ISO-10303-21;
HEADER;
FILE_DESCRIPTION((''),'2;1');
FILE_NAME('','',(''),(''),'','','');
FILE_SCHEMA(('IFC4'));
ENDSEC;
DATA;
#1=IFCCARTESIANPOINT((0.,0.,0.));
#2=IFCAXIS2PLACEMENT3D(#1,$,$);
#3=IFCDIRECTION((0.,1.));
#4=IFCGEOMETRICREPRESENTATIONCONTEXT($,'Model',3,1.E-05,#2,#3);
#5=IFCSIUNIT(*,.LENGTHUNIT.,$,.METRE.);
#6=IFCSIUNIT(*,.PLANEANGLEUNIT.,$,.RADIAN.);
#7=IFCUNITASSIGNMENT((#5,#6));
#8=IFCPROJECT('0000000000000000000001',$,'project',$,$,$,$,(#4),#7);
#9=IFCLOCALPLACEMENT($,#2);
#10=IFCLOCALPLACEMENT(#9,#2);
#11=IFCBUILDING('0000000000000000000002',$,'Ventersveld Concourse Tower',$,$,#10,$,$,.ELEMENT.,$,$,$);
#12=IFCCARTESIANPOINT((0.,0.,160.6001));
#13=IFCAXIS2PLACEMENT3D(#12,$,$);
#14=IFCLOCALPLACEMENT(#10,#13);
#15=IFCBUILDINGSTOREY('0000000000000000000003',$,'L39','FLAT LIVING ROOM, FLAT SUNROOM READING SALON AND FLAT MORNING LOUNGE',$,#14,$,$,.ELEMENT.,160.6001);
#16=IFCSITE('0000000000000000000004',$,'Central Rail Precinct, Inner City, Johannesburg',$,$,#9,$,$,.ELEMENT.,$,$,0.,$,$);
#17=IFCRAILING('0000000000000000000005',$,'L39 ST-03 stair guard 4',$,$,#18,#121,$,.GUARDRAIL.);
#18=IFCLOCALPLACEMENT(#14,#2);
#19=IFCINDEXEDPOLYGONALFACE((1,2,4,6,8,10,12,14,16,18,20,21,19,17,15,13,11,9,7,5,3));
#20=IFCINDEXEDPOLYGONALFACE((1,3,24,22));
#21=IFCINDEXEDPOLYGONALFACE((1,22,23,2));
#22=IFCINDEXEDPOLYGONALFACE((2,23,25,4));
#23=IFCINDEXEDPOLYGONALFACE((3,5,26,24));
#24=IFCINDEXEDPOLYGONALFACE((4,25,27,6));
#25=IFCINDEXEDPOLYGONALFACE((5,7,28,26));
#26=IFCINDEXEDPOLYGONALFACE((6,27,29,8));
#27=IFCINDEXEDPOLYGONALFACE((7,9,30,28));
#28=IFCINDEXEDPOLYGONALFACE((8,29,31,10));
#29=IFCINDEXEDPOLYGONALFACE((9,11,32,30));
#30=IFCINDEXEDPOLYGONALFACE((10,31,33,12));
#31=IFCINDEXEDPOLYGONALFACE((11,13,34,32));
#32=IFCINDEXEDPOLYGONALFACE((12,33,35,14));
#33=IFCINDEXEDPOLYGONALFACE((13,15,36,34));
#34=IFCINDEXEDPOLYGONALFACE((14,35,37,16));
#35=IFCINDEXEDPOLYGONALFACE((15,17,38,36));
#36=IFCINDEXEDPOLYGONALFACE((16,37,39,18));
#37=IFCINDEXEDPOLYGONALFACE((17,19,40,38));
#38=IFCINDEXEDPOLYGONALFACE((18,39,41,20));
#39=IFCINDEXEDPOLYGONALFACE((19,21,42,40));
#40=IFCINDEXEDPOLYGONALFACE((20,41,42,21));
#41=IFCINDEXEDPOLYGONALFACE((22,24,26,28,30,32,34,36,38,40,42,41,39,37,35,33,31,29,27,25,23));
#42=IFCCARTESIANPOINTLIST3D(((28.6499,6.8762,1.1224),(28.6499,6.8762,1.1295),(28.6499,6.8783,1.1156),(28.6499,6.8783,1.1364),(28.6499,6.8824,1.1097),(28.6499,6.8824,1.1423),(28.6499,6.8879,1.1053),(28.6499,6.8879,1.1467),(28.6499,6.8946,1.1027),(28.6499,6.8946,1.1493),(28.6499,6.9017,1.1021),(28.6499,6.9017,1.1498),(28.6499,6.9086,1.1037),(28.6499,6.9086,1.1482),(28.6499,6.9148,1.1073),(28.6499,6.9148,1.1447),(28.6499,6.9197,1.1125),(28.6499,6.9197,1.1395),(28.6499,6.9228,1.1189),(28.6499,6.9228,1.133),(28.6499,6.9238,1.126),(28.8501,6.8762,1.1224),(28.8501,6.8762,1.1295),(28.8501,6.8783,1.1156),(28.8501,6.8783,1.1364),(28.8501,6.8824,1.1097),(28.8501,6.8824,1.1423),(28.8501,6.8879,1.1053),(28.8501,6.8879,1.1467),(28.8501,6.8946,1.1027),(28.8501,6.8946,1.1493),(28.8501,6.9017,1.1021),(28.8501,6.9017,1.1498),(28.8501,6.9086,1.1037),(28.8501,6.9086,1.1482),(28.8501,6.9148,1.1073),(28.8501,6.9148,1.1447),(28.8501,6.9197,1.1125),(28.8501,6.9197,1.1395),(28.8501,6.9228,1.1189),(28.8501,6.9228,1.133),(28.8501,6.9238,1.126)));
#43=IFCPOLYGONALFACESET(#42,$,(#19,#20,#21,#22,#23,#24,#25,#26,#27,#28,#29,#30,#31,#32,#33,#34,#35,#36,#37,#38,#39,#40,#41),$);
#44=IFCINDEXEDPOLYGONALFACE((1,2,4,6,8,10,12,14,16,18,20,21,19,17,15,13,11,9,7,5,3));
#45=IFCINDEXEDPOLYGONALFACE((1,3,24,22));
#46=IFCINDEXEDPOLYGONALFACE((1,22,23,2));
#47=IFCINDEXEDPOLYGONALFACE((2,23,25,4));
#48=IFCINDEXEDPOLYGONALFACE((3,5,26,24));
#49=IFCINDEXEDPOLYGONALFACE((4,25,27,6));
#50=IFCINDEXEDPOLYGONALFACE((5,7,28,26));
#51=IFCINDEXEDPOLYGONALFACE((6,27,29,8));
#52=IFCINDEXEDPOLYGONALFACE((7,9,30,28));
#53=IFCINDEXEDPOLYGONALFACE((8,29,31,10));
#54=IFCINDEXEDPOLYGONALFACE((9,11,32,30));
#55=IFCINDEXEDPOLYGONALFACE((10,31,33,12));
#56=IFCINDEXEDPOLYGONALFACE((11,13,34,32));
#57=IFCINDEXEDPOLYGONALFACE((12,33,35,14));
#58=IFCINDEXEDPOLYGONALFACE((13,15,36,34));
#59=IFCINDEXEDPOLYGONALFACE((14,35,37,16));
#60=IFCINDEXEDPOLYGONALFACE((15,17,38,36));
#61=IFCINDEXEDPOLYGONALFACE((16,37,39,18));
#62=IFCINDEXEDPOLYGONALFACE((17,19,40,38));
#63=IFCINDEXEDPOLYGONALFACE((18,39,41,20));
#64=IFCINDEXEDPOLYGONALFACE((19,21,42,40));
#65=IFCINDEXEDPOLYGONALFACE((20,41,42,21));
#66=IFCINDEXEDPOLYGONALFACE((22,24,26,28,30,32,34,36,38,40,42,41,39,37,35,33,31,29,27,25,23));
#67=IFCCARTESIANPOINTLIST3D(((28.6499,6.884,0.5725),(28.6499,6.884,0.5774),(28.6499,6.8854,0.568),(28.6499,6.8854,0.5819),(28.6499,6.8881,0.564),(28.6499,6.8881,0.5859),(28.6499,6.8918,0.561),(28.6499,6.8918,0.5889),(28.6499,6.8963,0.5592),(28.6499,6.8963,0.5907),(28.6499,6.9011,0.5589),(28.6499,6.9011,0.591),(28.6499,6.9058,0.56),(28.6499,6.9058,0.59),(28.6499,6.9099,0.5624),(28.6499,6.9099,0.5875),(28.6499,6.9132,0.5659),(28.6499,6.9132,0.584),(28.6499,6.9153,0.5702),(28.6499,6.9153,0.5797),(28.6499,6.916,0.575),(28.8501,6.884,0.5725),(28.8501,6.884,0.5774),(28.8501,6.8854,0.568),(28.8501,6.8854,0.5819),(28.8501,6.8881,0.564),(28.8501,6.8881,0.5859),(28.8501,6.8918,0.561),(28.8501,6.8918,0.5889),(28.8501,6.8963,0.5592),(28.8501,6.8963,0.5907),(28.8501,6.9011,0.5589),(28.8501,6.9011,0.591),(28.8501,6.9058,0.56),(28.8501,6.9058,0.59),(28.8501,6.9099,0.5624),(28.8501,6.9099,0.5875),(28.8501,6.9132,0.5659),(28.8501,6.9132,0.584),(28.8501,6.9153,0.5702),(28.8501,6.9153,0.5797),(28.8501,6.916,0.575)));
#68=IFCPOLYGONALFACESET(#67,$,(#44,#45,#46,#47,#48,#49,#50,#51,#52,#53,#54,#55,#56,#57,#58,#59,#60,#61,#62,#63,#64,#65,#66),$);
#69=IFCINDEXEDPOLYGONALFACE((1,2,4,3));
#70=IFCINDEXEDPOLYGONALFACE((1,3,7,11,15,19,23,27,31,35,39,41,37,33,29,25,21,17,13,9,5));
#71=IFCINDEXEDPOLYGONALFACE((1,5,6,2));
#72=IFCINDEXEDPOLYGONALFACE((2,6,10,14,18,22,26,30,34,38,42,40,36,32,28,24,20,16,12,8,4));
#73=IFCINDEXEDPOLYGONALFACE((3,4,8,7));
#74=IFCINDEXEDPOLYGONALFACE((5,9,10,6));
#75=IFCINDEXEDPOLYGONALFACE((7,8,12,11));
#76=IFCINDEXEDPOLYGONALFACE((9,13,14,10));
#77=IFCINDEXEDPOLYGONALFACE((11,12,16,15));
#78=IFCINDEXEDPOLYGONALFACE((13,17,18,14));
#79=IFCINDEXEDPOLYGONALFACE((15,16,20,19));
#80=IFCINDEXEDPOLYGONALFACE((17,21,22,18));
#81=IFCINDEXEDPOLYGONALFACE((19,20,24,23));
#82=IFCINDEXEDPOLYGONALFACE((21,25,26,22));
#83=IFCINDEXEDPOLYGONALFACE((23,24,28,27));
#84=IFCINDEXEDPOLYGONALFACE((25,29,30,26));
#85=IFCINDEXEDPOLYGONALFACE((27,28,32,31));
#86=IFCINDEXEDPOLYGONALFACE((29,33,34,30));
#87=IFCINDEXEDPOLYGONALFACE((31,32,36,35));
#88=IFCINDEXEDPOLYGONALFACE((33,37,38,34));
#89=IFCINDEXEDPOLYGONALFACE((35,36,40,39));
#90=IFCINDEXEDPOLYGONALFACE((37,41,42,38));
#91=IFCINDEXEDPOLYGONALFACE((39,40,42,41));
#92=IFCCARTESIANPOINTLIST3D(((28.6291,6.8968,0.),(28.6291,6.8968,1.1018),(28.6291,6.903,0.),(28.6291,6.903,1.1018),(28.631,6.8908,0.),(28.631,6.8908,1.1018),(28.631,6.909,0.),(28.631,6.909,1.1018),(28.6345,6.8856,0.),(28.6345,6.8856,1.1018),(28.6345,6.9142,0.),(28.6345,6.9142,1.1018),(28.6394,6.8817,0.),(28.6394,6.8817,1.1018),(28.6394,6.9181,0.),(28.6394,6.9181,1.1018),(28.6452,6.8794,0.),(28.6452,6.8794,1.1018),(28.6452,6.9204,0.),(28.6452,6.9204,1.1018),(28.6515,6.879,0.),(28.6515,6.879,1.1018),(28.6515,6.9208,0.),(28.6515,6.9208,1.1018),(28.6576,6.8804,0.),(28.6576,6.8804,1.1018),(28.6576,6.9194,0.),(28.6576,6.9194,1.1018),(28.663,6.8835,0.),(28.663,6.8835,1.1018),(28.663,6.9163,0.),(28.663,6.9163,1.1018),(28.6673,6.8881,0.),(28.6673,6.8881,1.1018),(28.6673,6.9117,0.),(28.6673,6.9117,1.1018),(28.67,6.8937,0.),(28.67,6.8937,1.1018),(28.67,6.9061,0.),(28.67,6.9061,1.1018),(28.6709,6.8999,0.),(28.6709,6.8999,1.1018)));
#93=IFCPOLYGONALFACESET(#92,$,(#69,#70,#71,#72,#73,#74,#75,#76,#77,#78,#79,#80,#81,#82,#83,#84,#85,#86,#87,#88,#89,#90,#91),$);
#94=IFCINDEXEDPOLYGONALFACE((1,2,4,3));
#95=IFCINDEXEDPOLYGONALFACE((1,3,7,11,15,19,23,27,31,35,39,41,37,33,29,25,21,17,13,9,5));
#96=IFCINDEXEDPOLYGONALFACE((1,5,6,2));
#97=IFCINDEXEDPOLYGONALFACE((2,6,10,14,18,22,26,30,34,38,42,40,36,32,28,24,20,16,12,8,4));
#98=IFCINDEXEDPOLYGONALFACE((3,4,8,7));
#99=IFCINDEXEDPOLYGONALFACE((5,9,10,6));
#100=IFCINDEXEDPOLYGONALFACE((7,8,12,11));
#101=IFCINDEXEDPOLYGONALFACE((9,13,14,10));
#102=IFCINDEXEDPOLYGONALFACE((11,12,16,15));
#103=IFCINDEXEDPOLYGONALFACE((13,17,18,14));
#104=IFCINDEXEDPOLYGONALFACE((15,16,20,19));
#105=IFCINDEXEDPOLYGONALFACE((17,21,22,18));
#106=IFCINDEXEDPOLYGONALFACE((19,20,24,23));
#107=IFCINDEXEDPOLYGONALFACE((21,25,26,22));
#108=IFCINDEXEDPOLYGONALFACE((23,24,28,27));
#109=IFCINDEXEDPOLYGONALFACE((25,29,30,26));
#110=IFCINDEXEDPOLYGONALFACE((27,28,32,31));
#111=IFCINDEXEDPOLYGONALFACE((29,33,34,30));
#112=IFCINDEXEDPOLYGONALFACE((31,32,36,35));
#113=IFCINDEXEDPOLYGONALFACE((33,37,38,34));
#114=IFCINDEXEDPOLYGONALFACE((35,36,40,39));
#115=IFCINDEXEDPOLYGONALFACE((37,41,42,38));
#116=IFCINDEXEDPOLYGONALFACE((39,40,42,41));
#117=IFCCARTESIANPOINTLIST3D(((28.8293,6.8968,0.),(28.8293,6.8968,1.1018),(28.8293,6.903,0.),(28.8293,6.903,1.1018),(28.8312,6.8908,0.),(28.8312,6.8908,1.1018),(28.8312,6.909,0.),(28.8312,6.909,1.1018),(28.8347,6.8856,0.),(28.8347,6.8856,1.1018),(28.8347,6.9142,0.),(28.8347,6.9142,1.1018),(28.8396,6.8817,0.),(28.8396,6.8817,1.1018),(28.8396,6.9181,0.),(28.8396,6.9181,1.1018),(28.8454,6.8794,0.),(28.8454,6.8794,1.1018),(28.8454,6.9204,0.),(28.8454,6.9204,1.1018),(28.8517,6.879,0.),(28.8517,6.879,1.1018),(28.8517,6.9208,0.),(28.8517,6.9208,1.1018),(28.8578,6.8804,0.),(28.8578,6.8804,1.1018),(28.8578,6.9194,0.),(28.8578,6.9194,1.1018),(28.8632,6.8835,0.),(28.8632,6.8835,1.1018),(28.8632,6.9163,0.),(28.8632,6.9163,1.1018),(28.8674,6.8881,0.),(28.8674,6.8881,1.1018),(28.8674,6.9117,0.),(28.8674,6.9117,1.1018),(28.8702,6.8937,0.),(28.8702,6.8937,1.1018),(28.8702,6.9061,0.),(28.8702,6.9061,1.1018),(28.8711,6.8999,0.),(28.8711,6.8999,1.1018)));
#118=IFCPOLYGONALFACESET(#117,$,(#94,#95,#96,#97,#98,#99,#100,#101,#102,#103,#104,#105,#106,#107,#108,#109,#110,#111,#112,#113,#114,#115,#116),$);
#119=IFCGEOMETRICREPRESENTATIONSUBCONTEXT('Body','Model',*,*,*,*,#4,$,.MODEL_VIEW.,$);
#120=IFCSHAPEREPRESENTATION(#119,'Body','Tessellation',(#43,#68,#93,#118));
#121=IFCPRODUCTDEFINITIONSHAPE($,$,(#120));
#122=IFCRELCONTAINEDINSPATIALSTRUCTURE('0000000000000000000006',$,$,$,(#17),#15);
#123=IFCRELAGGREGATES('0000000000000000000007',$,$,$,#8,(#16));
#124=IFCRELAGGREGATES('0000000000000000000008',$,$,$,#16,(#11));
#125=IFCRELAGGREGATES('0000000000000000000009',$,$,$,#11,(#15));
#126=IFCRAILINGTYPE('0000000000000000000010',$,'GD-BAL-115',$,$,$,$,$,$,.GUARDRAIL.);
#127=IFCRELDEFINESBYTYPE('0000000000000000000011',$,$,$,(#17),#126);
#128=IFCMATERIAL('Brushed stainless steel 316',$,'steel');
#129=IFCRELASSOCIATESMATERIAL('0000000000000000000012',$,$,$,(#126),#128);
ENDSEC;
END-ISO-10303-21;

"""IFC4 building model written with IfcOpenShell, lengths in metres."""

from ifc_helpers import new_model, si_unit, direction, frame, origin, origin_2d, place, context, subcontext, project, spatial, circle, extrude, material, type_object, element, save


model = new_model("IFC4")

# Units and contexts
model_context = context("Model", 3, precision=1e-05, world=origin(), true_north=direction((0.0, 1.0)))
body_context = subcontext(model_context, "Body", "Model", "MODEL_VIEW")
ifc_project = project(units=[si_unit("LENGTHUNIT", "METRE"), si_unit("PLANEANGLEUNIT", "RADIAN")], contexts=[model_context])

# Site, building, storey
site_placement = place(None, origin())
site = spatial("IfcSite", under=ifc_project, at=site_placement, Name="Central Rail Precinct, Inner City, Johannesburg", CompositionType="ELEMENT", RefElevation=0.0)
building_placement = place(site_placement, origin())
building = spatial("IfcBuilding", under=site, at=building_placement, Name="Ventersveld Concourse Tower", CompositionType="ELEMENT")
storey_placement = place(building_placement, frame((0.0, 0.0, 160.6001)))
storey = spatial("IfcBuildingStorey", under=building, at=storey_placement, Name="L39", Description="FLAT LIVING ROOM, FLAT SUNROOM READING SALON AND FLAT MORNING LOUNGE", CompositionType="ELEMENT", Elevation=160.6001)

# Shared definitions
ifc_material_1 = material(Name="Brushed stainless steel 316", Category="steel")

# Railing
railing_type = type_object("IfcRailingType", Name="GD-BAL-115", PredefinedType="GUARDRAIL", material=ifc_material_1)
railing_1_placement = place(storey_placement, frame((28.6499, 6.8999, 0.0)))
element("IfcRailing", 1, at=railing_1_placement, inside=storey, type_object=railing_type, Name="L39 ST-03 stair guard 4", PredefinedType="GUARDRAIL", context=body_context, shape_type="SweptSolid", body=[
    extrude(circle(Radius=0.0239, at=origin_2d()), frame((0.0, 0.0, 1.126), z_axis=(1.0, 0.0, 0.0), x_axis=(0.0, 1.0, 0.0)), (0.0, 0.0, 1.0), 0.2002),
    extrude(circle(Radius=0.0161, at=origin_2d()), frame((0.0, 0.0, 0.575), z_axis=(1.0, 0.0, 0.0), x_axis=(0.0, 1.0, 0.0)), (0.0, 0.0, 1.0), 0.2002),
    extrude(circle(Radius=0.021, at=origin_2d()), origin(), (0.0, 0.0, 1.0), 1.1018),
    extrude(circle(Radius=0.021, at=origin_2d()), frame((0.2002, 0.0, 0.0)), (0.0, 0.0, 1.0), 1.1018),
])

save(model, "model.ifc")
